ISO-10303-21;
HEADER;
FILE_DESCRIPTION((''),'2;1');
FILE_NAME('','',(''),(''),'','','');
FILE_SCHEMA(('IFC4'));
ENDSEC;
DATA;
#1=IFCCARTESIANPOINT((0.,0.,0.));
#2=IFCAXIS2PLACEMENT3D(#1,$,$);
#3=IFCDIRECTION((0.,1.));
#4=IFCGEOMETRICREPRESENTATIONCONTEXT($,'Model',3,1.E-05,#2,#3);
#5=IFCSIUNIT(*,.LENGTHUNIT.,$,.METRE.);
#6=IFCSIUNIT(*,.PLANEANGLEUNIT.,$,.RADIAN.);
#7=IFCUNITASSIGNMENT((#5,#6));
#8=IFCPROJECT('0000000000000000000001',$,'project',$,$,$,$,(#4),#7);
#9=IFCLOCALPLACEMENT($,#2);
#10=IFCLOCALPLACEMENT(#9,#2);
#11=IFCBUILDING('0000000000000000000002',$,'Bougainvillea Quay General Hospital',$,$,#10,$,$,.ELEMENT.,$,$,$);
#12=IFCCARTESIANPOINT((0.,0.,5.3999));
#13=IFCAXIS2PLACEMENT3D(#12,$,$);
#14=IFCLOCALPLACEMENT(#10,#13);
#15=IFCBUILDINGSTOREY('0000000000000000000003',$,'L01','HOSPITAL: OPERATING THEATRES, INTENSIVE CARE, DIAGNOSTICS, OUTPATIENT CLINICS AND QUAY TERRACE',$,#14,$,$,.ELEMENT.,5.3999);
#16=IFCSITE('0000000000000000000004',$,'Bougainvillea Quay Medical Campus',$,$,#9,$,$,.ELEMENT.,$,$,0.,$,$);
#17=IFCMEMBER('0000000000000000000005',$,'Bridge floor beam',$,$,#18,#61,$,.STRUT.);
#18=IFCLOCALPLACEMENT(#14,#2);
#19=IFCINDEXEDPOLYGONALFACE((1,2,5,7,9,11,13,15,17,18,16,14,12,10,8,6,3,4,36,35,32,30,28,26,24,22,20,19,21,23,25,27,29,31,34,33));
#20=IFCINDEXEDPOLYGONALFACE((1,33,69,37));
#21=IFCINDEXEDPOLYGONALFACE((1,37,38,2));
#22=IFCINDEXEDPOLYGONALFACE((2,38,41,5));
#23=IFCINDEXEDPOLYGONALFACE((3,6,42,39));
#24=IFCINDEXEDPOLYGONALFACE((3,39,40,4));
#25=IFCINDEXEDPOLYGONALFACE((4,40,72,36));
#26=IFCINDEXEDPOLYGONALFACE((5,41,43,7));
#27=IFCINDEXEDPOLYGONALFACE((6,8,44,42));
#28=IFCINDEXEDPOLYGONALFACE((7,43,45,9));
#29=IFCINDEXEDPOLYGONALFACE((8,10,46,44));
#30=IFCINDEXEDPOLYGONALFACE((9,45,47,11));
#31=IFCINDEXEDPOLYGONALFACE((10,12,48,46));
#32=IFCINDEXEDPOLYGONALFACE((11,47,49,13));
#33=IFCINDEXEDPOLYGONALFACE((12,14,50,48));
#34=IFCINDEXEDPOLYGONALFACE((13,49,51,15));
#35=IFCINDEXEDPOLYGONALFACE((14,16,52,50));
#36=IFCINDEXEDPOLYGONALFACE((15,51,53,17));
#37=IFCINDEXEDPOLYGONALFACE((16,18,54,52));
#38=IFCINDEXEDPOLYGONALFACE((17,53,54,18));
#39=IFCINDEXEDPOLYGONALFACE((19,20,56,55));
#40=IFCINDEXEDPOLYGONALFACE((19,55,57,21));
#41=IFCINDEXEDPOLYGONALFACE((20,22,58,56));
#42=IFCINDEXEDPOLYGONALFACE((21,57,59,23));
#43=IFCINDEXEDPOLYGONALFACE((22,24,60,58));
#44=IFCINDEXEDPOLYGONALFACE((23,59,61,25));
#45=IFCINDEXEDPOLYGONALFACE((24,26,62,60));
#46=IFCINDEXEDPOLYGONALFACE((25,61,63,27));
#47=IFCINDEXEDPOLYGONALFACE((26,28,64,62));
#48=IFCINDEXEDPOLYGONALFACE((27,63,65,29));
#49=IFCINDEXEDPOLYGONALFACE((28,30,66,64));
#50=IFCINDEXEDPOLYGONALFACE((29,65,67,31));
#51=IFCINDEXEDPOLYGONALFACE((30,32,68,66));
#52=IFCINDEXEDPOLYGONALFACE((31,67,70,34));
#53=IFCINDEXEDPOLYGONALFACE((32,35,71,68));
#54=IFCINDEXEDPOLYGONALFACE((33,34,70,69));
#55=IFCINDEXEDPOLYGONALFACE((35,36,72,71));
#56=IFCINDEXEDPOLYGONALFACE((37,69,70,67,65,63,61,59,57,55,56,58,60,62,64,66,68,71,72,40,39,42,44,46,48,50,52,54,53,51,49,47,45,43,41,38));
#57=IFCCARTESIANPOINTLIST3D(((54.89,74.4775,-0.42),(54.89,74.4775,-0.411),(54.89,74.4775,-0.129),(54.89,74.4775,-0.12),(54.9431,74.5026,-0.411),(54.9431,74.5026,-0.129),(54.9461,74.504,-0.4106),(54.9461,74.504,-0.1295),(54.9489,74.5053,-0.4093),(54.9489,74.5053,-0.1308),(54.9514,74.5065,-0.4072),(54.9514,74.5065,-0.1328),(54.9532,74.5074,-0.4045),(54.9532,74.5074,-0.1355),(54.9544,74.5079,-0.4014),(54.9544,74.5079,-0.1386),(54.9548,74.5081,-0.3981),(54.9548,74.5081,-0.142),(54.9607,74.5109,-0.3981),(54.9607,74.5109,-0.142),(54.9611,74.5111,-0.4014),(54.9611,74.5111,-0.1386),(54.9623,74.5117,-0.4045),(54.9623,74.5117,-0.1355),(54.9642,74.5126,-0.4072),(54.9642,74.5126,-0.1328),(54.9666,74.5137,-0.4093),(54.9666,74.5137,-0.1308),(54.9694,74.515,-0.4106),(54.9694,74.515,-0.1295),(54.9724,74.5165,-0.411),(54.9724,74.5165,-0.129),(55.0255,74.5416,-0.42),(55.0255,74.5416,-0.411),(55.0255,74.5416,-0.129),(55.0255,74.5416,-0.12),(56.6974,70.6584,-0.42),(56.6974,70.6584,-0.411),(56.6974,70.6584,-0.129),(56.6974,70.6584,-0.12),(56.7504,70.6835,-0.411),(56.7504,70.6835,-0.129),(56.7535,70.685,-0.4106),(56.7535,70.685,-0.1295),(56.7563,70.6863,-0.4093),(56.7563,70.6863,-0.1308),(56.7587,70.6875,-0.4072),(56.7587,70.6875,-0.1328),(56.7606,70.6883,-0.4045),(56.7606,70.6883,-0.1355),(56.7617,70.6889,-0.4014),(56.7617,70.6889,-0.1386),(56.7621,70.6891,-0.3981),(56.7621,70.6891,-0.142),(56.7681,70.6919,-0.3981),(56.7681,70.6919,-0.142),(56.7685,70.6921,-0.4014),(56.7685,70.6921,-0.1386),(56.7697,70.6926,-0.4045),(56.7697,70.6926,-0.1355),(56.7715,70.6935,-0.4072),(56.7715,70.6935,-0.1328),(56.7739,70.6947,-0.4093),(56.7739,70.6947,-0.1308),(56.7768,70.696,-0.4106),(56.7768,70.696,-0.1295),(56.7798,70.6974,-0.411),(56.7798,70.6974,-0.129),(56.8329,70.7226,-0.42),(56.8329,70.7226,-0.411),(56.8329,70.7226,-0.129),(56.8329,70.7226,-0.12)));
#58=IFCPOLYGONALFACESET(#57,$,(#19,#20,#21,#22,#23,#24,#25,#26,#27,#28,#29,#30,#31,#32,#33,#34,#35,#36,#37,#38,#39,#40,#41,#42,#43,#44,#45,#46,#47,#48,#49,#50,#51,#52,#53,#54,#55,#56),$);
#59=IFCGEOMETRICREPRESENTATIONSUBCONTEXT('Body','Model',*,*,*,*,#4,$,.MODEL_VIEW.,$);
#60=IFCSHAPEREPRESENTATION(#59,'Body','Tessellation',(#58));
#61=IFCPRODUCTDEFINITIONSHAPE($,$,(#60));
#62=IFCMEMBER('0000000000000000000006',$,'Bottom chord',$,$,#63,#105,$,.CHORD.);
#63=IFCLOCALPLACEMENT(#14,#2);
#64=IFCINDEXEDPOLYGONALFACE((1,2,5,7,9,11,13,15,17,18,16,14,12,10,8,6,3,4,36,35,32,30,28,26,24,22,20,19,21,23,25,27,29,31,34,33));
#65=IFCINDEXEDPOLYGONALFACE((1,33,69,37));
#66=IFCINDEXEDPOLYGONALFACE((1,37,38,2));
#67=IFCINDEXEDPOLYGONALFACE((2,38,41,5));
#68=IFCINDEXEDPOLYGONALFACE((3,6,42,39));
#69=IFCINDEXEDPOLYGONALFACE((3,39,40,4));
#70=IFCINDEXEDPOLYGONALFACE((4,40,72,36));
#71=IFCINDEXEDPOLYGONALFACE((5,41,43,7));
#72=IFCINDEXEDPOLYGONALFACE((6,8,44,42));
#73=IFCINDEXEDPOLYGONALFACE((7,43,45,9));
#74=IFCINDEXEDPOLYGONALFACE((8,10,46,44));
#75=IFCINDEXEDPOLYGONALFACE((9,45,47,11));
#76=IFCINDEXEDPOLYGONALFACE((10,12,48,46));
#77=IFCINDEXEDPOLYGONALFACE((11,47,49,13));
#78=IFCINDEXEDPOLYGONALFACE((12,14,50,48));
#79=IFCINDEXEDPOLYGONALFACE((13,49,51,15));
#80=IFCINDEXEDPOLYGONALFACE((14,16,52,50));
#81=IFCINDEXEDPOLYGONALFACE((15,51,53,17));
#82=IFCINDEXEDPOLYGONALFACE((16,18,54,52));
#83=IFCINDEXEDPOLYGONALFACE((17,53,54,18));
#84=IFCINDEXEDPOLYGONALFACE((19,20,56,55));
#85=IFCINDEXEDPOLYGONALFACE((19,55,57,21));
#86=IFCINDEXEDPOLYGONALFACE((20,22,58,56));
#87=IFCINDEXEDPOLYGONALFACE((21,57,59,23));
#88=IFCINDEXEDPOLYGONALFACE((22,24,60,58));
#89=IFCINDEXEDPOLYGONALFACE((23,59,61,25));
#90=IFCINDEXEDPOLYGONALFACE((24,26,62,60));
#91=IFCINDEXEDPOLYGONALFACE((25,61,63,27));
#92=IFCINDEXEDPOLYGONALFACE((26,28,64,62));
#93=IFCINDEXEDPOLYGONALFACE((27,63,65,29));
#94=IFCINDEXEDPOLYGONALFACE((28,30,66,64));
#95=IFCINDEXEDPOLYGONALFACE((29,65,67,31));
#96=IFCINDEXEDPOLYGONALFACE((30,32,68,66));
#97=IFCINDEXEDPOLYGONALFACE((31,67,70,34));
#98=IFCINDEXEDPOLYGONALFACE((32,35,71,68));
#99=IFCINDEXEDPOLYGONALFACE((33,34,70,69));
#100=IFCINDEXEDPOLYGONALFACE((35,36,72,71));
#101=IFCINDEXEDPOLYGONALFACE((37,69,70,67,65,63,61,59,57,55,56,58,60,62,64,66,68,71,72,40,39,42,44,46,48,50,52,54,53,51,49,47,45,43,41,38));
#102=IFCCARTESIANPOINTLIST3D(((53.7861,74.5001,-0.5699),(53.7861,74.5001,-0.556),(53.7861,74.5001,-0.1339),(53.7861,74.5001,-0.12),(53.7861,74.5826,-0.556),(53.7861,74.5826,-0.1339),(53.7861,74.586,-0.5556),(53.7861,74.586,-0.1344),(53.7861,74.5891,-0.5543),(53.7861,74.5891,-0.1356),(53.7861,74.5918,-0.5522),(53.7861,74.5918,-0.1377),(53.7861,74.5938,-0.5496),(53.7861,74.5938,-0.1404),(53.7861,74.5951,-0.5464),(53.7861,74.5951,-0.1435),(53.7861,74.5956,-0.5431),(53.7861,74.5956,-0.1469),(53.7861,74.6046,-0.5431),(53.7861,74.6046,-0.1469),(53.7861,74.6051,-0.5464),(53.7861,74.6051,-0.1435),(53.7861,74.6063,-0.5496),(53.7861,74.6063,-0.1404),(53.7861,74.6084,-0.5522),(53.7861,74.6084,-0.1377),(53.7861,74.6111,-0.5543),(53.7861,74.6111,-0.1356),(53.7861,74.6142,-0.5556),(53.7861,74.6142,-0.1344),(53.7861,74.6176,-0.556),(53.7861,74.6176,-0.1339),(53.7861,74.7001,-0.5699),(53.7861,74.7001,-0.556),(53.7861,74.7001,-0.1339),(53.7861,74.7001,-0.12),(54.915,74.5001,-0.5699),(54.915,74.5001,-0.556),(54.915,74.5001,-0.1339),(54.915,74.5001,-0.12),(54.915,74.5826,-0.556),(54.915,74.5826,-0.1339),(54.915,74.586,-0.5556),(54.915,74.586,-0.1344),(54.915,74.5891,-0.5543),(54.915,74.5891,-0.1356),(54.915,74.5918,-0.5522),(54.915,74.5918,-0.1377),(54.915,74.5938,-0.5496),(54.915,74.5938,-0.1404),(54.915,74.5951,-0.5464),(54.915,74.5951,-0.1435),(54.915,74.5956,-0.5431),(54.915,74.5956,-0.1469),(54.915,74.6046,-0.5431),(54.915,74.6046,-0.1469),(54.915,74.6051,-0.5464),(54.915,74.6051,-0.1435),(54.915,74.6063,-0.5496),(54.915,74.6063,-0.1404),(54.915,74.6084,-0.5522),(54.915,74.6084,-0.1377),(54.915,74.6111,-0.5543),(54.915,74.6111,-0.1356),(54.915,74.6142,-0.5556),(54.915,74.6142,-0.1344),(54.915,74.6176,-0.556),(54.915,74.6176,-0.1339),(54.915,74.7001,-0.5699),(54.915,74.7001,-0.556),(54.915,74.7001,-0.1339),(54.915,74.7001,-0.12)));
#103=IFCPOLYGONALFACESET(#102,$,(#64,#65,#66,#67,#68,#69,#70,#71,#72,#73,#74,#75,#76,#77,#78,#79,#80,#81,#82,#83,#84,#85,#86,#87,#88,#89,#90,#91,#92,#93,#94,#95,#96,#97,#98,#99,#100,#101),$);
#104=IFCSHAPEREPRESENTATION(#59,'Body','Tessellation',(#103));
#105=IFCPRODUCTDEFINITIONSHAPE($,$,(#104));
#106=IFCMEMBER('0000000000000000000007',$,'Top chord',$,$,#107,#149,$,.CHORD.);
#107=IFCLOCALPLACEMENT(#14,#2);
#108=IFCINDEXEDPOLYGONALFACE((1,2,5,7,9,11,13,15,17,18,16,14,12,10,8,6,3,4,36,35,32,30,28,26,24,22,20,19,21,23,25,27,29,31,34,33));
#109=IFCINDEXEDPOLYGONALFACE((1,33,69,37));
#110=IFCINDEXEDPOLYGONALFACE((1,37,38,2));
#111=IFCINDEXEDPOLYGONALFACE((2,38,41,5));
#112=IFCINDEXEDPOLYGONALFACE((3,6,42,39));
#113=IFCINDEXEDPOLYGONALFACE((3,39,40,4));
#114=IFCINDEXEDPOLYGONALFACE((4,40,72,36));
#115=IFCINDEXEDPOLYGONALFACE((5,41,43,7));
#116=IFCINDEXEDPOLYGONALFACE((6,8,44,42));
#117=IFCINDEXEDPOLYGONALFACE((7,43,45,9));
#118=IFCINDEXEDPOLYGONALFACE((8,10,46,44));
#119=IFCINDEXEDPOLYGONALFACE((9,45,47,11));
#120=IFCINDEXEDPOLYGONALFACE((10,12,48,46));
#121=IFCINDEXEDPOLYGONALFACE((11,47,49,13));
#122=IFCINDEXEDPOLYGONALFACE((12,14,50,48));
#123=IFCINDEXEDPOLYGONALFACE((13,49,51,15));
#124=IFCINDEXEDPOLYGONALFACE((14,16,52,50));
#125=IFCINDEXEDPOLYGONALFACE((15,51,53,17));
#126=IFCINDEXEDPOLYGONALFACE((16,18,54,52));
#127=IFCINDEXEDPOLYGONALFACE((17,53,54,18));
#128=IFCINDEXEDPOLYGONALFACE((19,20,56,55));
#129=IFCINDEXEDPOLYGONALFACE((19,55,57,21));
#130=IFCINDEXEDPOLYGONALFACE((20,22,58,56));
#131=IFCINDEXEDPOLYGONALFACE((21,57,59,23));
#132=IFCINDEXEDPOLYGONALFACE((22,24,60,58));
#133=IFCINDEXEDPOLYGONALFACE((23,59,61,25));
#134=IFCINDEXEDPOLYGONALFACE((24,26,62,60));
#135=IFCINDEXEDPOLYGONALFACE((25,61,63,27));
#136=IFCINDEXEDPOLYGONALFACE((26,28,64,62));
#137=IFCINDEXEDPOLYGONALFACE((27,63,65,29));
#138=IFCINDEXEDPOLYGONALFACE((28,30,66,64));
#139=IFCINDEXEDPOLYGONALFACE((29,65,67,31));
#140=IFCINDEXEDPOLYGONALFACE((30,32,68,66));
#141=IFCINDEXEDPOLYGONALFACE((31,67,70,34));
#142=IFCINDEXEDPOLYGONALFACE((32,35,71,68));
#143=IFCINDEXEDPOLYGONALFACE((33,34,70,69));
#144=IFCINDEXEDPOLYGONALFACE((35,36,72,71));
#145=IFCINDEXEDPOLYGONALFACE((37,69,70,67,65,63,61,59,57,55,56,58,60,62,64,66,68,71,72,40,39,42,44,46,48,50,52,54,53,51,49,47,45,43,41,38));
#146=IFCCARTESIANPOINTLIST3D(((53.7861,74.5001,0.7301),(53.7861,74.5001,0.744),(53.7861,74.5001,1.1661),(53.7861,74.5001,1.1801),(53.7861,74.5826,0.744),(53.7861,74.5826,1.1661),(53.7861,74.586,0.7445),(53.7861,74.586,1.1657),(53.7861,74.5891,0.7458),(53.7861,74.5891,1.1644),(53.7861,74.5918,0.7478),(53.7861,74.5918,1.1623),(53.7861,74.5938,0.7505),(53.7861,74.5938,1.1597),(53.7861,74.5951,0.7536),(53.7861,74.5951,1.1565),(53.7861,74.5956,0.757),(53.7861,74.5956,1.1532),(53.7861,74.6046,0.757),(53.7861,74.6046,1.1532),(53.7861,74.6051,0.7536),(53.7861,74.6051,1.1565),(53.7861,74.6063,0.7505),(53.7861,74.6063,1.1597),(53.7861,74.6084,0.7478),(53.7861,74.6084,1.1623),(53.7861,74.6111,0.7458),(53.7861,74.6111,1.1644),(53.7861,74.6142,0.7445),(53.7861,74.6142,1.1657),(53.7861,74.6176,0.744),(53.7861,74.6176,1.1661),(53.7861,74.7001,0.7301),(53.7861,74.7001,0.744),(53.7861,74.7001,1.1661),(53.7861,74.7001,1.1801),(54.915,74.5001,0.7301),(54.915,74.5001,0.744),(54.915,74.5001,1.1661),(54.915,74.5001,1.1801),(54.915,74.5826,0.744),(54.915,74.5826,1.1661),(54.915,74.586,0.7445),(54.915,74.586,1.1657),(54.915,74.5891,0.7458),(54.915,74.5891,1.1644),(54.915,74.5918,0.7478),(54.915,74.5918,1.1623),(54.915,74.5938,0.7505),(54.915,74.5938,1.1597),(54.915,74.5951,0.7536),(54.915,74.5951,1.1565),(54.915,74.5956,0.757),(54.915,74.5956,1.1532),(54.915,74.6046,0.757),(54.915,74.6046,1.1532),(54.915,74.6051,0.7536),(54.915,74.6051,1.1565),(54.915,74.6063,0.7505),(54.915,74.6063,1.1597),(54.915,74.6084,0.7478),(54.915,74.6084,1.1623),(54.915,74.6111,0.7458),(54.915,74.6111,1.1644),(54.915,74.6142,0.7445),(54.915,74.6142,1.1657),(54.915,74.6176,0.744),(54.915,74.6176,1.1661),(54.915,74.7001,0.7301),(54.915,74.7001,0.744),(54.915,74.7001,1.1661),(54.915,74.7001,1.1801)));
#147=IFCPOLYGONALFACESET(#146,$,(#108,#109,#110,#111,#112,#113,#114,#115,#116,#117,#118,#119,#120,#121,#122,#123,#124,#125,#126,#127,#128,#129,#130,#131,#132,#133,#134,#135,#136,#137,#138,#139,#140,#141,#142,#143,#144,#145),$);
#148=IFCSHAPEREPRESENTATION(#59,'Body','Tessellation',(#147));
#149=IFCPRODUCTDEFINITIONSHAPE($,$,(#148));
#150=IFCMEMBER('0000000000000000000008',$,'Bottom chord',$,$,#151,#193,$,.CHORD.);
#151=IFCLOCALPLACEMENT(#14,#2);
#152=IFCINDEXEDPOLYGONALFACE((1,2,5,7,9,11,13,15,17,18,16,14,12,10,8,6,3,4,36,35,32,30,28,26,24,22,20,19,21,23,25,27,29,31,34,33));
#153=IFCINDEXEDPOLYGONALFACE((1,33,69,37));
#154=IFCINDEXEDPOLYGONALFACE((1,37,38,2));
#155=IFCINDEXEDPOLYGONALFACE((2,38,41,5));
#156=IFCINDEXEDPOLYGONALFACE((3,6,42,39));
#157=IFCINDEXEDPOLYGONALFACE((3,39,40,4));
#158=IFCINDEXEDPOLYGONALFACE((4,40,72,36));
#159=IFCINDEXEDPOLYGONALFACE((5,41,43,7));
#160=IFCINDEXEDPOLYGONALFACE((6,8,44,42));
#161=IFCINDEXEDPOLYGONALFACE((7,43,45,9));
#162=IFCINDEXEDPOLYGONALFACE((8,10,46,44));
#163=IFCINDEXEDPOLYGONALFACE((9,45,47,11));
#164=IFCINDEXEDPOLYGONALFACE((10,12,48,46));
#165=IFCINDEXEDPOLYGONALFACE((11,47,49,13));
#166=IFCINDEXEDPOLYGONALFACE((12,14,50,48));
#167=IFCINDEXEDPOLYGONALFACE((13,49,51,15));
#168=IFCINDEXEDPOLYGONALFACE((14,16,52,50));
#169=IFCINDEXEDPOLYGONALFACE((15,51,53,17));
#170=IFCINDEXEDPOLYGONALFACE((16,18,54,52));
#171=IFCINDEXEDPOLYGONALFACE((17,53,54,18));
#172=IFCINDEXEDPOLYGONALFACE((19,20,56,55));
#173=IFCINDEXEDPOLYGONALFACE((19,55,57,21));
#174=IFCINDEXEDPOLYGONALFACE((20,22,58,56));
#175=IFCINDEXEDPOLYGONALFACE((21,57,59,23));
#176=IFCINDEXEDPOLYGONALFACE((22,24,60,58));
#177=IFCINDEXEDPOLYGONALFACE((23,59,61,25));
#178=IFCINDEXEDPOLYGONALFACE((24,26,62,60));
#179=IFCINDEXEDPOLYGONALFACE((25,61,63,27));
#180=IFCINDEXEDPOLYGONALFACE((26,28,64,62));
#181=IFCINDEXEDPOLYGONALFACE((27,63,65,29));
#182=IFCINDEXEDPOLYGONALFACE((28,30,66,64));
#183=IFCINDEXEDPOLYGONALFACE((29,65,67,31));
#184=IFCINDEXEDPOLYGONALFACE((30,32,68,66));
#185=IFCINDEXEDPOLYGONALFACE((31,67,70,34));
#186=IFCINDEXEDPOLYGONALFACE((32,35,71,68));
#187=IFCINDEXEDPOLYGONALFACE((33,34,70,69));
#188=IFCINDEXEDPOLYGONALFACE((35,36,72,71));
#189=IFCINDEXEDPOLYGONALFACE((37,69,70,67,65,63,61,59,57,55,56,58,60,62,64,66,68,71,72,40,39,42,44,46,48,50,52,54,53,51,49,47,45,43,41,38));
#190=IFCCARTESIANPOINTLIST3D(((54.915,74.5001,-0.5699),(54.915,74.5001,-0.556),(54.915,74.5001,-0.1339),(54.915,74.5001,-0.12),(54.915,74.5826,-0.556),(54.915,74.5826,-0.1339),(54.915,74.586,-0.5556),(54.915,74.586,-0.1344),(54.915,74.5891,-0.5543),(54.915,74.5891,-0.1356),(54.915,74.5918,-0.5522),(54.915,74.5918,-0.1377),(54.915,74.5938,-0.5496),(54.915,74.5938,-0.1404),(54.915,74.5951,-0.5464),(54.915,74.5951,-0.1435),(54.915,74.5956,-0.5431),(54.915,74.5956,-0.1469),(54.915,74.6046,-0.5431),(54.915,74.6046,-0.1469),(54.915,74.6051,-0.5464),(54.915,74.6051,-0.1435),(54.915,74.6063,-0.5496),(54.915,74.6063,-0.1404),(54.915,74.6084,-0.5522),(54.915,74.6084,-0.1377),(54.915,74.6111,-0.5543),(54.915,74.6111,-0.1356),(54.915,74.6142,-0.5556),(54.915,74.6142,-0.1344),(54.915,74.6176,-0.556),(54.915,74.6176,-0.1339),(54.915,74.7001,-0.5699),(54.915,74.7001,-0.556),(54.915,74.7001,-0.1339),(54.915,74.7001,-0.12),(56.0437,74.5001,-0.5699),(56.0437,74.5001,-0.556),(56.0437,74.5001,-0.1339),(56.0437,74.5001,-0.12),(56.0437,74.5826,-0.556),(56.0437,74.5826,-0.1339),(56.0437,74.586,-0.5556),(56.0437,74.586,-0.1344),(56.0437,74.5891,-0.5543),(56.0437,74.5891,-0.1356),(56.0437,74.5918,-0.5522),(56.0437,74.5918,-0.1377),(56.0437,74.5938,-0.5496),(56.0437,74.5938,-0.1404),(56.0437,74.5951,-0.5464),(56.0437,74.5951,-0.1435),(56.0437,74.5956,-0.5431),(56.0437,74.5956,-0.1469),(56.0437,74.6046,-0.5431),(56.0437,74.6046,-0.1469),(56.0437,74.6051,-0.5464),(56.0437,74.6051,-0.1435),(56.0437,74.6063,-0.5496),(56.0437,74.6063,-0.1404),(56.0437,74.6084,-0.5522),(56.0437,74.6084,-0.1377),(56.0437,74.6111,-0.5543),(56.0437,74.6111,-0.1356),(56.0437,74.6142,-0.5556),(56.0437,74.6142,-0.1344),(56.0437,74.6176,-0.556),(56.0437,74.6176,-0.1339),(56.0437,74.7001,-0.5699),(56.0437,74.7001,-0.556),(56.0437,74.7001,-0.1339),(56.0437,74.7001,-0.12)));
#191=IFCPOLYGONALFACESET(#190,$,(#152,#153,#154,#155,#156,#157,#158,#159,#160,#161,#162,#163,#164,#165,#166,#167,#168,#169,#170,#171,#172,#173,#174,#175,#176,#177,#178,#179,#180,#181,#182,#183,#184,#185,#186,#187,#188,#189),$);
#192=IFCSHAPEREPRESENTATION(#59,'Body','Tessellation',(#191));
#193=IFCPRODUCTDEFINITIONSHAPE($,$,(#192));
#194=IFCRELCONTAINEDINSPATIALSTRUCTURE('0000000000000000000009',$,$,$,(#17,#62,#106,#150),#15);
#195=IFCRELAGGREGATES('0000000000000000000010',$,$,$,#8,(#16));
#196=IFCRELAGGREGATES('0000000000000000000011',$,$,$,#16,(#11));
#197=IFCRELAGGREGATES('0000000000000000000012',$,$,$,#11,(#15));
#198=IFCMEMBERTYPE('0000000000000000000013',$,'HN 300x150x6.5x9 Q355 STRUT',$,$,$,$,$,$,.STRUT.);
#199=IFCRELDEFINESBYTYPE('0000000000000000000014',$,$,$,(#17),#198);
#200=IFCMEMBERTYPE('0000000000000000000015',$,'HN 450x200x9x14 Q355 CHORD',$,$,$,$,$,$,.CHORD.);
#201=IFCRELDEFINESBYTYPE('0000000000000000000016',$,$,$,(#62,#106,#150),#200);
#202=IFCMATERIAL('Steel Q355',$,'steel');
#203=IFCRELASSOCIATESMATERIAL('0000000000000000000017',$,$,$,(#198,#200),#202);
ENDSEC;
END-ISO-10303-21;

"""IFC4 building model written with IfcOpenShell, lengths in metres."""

from ifc_helpers import new_model, si_unit, direction, frame, origin, origin_2d, place, context, subcontext, project, spatial, i_section, extrude, material, material_profile, profile_set, type_object, element, save


model = new_model("IFC4")

# Units and contexts
model_context = context("Model", 3, precision=1e-05, world=origin(), true_north=direction((0.0, 1.0)))
body_context = subcontext(model_context, "Body", "Model", "MODEL_VIEW")
ifc_project = project(units=[si_unit("LENGTHUNIT", "METRE"), si_unit("PLANEANGLEUNIT", "RADIAN")], contexts=[model_context])

# Site, building, storey
site_placement = place(None, origin())
site = spatial("IfcSite", under=ifc_project, at=site_placement, Name="Bougainvillea Quay Medical Campus", CompositionType="ELEMENT", RefElevation=0.0)
building_placement = place(site_placement, origin())
building = spatial("IfcBuilding", under=site, at=building_placement, Name="Bougainvillea Quay General Hospital", CompositionType="ELEMENT")
storey_placement = place(building_placement, frame((0.0, 0.0, 5.3999)))
storey = spatial("IfcBuildingStorey", under=building, at=storey_placement, Name="L01", Description="HOSPITAL: OPERATING THEATRES, INTENSIVE CARE, DIAGNOSTICS, OUTPATIENT CLINICS AND QUAY TERRACE", CompositionType="ELEMENT", Elevation=5.3999)

# Members
ifc_material_1 = material(Name="Steel Q355", Category="steel")
ifc_material_profile_1 = material_profile(ifc_material_1, i_section(OverallWidth=0.1499, OverallDepth=0.3, WebThickness=0.0066, FlangeThickness=0.009, FilletRadius=0.0129, at=origin_2d()))
ifc_profile_set_1 = profile_set([ifc_material_profile_1], Name="Steel Q355")
member_type_1 = type_object("IfcMemberType", Name="HN 300x150x6.5x9 Q355 STRUT", PredefinedType="STRUT", material=ifc_profile_set_1)
member_1_placement = place(storey_placement, frame((54.9578, 74.5095, -0.27), z_axis=(0.427763, -0.903891, 0.0), x_axis=(0.903891, 0.427763, 0.0)))
element("IfcMember", 1, at=member_1_placement, inside=storey, type_object=member_type_1, Name="Bridge floor beam", PredefinedType="STRUT", context=body_context, shape_type="SweptSolid", body=[
    extrude(i_section(OverallWidth=0.1499, OverallDepth=0.3, WebThickness=0.0066, FlangeThickness=0.009, FilletRadius=0.0129, at=origin_2d()), origin(), (0.0, 0.0, 1.0), 4.2251),
])
ifc_material_profile_2 = material_profile(ifc_material_1, i_section(OverallWidth=0.2, OverallDepth=0.45, WebThickness=0.009, FlangeThickness=0.0139, FilletRadius=0.0129, at=origin_2d()))
ifc_profile_set_2 = profile_set([ifc_material_profile_2], Name="Steel Q355")
member_type_2 = type_object("IfcMemberType", Name="HN 450x200x9x14 Q355 CHORD", PredefinedType="CHORD", material=ifc_profile_set_2)
for number, where, z_axis, x_axis, name in (
    (2, (53.7861, 74.6001, -0.345), (1.0, 0.0, 0.0), (0.0, 1.0, 0.0), "Bottom chord"),
    (3, (53.7861, 74.6001, 0.9551), (1.0, 0.0, 0.0), (0.0, 1.0, 0.0), "Top chord"),
):
    element("IfcMember", number, at=place(storey_placement, frame(where, z_axis=z_axis, x_axis=x_axis)), inside=storey, type_object=member_type_2, Name=name, PredefinedType="CHORD", context=body_context, shape_type="SweptSolid", body=[
        extrude(i_section(OverallWidth=0.2, OverallDepth=0.45, WebThickness=0.009, FlangeThickness=0.0139, FilletRadius=0.0129, at=origin_2d()), origin(), (0.0, 0.0, 1.0), 1.1289),
    ])
for number, where, z_axis, x_axis, name in (
    (4, (54.915, 74.6001, -0.345), (1.0, 0.0, 0.0), (0.0, 1.0, 0.0), "Bottom chord"),
):
    element("IfcMember", number, at=place(storey_placement, frame(where, z_axis=z_axis, x_axis=x_axis)), inside=storey, type_object=member_type_2, Name=name, PredefinedType="CHORD", context=body_context, shape_type="SweptSolid", body=[
        extrude(i_section(OverallWidth=0.2, OverallDepth=0.45, WebThickness=0.009, FlangeThickness=0.0139, FilletRadius=0.0129, at=origin_2d()), origin(), (0.0, 0.0, 1.0), 1.1287),
    ])

save(model, "model.ifc")
